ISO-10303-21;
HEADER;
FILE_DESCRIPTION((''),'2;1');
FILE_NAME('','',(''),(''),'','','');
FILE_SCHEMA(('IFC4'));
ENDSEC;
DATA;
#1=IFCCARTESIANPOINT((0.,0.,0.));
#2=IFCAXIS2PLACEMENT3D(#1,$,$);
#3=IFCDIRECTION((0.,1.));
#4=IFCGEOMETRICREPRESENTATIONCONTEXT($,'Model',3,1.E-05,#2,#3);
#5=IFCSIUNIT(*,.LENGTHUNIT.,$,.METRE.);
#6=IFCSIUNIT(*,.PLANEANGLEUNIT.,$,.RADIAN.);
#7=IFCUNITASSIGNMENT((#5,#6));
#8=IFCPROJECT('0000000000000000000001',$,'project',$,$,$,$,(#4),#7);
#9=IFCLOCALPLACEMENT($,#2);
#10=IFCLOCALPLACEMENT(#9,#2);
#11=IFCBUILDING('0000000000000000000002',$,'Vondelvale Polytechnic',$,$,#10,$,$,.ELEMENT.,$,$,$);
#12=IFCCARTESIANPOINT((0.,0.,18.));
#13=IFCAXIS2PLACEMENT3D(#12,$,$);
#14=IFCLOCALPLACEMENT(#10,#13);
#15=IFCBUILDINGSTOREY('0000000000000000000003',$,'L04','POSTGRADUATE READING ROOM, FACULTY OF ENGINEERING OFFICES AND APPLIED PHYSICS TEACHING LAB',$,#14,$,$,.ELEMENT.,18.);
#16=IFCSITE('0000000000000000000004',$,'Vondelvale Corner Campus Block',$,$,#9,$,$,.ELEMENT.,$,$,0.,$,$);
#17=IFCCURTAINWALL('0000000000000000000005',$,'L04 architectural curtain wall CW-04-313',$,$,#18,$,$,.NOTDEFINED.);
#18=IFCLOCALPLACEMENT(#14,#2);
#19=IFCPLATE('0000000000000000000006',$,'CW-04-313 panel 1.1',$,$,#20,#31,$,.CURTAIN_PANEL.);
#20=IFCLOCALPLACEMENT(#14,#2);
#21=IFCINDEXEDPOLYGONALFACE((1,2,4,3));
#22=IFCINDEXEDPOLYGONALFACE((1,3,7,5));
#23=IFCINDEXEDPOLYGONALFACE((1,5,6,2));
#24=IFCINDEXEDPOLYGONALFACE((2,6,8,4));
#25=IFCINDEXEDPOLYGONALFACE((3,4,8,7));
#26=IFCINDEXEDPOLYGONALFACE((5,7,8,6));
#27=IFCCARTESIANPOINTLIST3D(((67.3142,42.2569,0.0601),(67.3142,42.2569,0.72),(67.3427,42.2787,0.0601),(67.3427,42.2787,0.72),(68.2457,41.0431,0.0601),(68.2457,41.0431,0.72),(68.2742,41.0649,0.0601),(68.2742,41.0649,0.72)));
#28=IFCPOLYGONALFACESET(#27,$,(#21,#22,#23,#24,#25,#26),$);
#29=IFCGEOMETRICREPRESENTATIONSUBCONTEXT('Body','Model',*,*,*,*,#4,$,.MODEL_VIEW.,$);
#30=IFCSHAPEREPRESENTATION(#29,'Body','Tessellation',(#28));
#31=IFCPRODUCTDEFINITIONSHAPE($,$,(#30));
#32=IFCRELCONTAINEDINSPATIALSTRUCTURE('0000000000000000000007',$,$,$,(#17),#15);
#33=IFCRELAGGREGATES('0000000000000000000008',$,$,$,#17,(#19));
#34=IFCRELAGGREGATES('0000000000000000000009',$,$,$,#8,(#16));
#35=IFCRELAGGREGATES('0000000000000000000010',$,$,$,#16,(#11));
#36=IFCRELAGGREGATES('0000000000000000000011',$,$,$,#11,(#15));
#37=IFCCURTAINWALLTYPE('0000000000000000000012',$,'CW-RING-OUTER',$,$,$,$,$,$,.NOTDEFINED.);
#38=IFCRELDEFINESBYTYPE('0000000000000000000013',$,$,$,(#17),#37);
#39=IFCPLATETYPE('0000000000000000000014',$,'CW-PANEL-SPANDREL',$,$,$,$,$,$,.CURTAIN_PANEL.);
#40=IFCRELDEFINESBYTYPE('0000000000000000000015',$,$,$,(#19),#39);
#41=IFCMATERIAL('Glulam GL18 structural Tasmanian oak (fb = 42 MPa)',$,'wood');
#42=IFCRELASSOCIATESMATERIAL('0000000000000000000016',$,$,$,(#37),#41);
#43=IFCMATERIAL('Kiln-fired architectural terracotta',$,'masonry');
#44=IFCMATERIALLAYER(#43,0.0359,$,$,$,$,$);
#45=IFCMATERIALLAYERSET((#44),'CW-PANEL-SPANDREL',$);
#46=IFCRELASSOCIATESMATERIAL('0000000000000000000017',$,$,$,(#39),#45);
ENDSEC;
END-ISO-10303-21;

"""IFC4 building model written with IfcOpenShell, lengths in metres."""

from ifc_helpers import new_model, si_unit, direction, frame, origin, origin_2d, place, context, subcontext, project, spatial, rectangle, extrude, material, layer, layer_set, type_object, element, aggregate, save


model = new_model("IFC4")

# Units and contexts
model_context = context("Model", 3, precision=1e-05, world=origin(), true_north=direction((0.0, 1.0)))
body_context = subcontext(model_context, "Body", "Model", "MODEL_VIEW")
ifc_project = project(units=[si_unit("LENGTHUNIT", "METRE"), si_unit("PLANEANGLEUNIT", "RADIAN")], contexts=[model_context])

# Site, building, storey
site_placement = place(None, origin())
site = spatial("IfcSite", under=ifc_project, at=site_placement, Name="Vondelvale Corner Campus Block", CompositionType="ELEMENT", RefElevation=0.0)
building_placement = place(site_placement, origin())
building = spatial("IfcBuilding", under=site, at=building_placement, Name="Vondelvale Polytechnic", CompositionType="ELEMENT")
storey_placement = place(building_placement, frame((0.0, 0.0, 18.0)))
storey = spatial("IfcBuildingStorey", under=building, at=storey_placement, Name="L04", Description="POSTGRADUATE READING ROOM, FACULTY OF ENGINEERING OFFICES AND APPLIED PHYSICS TEACHING LAB", CompositionType="ELEMENT", Elevation=18.0)

# Shared definitions
ifc_material_1 = material(Name="Glulam GL18 structural Tasmanian oak (fb = 42 MPa)", Category="wood")

# Curtain wall
curtain_wall_type = type_object("IfcCurtainWallType", Name="CW-RING-OUTER", PredefinedType="NOTDEFINED", material=ifc_material_1)
curtain_wall_1_placement = place(storey_placement, origin())
curtain_wall_1 = element("IfcCurtainWall", 1, at=curtain_wall_1_placement, inside=storey, type_object=curtain_wall_type, Name="L04 architectural curtain wall CW-04-313", PredefinedType="NOTDEFINED")

# Plate
ifc_material_2 = material(Name="Kiln-fired architectural terracotta", Category="masonry")
ifc_layer_1 = layer(ifc_material_2, 0.0359)
ifc_layer_set_1 = layer_set([ifc_layer_1], Name="CW-PANEL-SPANDREL")
plate_type_1 = type_object("IfcPlateType", Name="CW-PANEL-SPANDREL", PredefinedType="CURTAIN_PANEL", material=ifc_layer_set_1)
plate_1_placement = place(storey_placement, frame((67.7942, 41.6609, 0.0601), z_axis=(0.0, 0.0, 1.0), x_axis=(0.608787, -0.793334, 0.0)))
plate_1 = element("IfcPlate", 2, at=plate_1_placement, type_object=plate_type_1, Name="CW-04-313 panel 1.1", PredefinedType="CURTAIN_PANEL", context=body_context, shape_type="SweptSolid", body=[
    extrude(rectangle(XDim=1.53, YDim=0.0359, at=origin_2d()), origin(), (0.0, 0.0, 1.0), 0.6599),
])
aggregate(curtain_wall_1, [plate_1])

save(model, "model.ifc")
